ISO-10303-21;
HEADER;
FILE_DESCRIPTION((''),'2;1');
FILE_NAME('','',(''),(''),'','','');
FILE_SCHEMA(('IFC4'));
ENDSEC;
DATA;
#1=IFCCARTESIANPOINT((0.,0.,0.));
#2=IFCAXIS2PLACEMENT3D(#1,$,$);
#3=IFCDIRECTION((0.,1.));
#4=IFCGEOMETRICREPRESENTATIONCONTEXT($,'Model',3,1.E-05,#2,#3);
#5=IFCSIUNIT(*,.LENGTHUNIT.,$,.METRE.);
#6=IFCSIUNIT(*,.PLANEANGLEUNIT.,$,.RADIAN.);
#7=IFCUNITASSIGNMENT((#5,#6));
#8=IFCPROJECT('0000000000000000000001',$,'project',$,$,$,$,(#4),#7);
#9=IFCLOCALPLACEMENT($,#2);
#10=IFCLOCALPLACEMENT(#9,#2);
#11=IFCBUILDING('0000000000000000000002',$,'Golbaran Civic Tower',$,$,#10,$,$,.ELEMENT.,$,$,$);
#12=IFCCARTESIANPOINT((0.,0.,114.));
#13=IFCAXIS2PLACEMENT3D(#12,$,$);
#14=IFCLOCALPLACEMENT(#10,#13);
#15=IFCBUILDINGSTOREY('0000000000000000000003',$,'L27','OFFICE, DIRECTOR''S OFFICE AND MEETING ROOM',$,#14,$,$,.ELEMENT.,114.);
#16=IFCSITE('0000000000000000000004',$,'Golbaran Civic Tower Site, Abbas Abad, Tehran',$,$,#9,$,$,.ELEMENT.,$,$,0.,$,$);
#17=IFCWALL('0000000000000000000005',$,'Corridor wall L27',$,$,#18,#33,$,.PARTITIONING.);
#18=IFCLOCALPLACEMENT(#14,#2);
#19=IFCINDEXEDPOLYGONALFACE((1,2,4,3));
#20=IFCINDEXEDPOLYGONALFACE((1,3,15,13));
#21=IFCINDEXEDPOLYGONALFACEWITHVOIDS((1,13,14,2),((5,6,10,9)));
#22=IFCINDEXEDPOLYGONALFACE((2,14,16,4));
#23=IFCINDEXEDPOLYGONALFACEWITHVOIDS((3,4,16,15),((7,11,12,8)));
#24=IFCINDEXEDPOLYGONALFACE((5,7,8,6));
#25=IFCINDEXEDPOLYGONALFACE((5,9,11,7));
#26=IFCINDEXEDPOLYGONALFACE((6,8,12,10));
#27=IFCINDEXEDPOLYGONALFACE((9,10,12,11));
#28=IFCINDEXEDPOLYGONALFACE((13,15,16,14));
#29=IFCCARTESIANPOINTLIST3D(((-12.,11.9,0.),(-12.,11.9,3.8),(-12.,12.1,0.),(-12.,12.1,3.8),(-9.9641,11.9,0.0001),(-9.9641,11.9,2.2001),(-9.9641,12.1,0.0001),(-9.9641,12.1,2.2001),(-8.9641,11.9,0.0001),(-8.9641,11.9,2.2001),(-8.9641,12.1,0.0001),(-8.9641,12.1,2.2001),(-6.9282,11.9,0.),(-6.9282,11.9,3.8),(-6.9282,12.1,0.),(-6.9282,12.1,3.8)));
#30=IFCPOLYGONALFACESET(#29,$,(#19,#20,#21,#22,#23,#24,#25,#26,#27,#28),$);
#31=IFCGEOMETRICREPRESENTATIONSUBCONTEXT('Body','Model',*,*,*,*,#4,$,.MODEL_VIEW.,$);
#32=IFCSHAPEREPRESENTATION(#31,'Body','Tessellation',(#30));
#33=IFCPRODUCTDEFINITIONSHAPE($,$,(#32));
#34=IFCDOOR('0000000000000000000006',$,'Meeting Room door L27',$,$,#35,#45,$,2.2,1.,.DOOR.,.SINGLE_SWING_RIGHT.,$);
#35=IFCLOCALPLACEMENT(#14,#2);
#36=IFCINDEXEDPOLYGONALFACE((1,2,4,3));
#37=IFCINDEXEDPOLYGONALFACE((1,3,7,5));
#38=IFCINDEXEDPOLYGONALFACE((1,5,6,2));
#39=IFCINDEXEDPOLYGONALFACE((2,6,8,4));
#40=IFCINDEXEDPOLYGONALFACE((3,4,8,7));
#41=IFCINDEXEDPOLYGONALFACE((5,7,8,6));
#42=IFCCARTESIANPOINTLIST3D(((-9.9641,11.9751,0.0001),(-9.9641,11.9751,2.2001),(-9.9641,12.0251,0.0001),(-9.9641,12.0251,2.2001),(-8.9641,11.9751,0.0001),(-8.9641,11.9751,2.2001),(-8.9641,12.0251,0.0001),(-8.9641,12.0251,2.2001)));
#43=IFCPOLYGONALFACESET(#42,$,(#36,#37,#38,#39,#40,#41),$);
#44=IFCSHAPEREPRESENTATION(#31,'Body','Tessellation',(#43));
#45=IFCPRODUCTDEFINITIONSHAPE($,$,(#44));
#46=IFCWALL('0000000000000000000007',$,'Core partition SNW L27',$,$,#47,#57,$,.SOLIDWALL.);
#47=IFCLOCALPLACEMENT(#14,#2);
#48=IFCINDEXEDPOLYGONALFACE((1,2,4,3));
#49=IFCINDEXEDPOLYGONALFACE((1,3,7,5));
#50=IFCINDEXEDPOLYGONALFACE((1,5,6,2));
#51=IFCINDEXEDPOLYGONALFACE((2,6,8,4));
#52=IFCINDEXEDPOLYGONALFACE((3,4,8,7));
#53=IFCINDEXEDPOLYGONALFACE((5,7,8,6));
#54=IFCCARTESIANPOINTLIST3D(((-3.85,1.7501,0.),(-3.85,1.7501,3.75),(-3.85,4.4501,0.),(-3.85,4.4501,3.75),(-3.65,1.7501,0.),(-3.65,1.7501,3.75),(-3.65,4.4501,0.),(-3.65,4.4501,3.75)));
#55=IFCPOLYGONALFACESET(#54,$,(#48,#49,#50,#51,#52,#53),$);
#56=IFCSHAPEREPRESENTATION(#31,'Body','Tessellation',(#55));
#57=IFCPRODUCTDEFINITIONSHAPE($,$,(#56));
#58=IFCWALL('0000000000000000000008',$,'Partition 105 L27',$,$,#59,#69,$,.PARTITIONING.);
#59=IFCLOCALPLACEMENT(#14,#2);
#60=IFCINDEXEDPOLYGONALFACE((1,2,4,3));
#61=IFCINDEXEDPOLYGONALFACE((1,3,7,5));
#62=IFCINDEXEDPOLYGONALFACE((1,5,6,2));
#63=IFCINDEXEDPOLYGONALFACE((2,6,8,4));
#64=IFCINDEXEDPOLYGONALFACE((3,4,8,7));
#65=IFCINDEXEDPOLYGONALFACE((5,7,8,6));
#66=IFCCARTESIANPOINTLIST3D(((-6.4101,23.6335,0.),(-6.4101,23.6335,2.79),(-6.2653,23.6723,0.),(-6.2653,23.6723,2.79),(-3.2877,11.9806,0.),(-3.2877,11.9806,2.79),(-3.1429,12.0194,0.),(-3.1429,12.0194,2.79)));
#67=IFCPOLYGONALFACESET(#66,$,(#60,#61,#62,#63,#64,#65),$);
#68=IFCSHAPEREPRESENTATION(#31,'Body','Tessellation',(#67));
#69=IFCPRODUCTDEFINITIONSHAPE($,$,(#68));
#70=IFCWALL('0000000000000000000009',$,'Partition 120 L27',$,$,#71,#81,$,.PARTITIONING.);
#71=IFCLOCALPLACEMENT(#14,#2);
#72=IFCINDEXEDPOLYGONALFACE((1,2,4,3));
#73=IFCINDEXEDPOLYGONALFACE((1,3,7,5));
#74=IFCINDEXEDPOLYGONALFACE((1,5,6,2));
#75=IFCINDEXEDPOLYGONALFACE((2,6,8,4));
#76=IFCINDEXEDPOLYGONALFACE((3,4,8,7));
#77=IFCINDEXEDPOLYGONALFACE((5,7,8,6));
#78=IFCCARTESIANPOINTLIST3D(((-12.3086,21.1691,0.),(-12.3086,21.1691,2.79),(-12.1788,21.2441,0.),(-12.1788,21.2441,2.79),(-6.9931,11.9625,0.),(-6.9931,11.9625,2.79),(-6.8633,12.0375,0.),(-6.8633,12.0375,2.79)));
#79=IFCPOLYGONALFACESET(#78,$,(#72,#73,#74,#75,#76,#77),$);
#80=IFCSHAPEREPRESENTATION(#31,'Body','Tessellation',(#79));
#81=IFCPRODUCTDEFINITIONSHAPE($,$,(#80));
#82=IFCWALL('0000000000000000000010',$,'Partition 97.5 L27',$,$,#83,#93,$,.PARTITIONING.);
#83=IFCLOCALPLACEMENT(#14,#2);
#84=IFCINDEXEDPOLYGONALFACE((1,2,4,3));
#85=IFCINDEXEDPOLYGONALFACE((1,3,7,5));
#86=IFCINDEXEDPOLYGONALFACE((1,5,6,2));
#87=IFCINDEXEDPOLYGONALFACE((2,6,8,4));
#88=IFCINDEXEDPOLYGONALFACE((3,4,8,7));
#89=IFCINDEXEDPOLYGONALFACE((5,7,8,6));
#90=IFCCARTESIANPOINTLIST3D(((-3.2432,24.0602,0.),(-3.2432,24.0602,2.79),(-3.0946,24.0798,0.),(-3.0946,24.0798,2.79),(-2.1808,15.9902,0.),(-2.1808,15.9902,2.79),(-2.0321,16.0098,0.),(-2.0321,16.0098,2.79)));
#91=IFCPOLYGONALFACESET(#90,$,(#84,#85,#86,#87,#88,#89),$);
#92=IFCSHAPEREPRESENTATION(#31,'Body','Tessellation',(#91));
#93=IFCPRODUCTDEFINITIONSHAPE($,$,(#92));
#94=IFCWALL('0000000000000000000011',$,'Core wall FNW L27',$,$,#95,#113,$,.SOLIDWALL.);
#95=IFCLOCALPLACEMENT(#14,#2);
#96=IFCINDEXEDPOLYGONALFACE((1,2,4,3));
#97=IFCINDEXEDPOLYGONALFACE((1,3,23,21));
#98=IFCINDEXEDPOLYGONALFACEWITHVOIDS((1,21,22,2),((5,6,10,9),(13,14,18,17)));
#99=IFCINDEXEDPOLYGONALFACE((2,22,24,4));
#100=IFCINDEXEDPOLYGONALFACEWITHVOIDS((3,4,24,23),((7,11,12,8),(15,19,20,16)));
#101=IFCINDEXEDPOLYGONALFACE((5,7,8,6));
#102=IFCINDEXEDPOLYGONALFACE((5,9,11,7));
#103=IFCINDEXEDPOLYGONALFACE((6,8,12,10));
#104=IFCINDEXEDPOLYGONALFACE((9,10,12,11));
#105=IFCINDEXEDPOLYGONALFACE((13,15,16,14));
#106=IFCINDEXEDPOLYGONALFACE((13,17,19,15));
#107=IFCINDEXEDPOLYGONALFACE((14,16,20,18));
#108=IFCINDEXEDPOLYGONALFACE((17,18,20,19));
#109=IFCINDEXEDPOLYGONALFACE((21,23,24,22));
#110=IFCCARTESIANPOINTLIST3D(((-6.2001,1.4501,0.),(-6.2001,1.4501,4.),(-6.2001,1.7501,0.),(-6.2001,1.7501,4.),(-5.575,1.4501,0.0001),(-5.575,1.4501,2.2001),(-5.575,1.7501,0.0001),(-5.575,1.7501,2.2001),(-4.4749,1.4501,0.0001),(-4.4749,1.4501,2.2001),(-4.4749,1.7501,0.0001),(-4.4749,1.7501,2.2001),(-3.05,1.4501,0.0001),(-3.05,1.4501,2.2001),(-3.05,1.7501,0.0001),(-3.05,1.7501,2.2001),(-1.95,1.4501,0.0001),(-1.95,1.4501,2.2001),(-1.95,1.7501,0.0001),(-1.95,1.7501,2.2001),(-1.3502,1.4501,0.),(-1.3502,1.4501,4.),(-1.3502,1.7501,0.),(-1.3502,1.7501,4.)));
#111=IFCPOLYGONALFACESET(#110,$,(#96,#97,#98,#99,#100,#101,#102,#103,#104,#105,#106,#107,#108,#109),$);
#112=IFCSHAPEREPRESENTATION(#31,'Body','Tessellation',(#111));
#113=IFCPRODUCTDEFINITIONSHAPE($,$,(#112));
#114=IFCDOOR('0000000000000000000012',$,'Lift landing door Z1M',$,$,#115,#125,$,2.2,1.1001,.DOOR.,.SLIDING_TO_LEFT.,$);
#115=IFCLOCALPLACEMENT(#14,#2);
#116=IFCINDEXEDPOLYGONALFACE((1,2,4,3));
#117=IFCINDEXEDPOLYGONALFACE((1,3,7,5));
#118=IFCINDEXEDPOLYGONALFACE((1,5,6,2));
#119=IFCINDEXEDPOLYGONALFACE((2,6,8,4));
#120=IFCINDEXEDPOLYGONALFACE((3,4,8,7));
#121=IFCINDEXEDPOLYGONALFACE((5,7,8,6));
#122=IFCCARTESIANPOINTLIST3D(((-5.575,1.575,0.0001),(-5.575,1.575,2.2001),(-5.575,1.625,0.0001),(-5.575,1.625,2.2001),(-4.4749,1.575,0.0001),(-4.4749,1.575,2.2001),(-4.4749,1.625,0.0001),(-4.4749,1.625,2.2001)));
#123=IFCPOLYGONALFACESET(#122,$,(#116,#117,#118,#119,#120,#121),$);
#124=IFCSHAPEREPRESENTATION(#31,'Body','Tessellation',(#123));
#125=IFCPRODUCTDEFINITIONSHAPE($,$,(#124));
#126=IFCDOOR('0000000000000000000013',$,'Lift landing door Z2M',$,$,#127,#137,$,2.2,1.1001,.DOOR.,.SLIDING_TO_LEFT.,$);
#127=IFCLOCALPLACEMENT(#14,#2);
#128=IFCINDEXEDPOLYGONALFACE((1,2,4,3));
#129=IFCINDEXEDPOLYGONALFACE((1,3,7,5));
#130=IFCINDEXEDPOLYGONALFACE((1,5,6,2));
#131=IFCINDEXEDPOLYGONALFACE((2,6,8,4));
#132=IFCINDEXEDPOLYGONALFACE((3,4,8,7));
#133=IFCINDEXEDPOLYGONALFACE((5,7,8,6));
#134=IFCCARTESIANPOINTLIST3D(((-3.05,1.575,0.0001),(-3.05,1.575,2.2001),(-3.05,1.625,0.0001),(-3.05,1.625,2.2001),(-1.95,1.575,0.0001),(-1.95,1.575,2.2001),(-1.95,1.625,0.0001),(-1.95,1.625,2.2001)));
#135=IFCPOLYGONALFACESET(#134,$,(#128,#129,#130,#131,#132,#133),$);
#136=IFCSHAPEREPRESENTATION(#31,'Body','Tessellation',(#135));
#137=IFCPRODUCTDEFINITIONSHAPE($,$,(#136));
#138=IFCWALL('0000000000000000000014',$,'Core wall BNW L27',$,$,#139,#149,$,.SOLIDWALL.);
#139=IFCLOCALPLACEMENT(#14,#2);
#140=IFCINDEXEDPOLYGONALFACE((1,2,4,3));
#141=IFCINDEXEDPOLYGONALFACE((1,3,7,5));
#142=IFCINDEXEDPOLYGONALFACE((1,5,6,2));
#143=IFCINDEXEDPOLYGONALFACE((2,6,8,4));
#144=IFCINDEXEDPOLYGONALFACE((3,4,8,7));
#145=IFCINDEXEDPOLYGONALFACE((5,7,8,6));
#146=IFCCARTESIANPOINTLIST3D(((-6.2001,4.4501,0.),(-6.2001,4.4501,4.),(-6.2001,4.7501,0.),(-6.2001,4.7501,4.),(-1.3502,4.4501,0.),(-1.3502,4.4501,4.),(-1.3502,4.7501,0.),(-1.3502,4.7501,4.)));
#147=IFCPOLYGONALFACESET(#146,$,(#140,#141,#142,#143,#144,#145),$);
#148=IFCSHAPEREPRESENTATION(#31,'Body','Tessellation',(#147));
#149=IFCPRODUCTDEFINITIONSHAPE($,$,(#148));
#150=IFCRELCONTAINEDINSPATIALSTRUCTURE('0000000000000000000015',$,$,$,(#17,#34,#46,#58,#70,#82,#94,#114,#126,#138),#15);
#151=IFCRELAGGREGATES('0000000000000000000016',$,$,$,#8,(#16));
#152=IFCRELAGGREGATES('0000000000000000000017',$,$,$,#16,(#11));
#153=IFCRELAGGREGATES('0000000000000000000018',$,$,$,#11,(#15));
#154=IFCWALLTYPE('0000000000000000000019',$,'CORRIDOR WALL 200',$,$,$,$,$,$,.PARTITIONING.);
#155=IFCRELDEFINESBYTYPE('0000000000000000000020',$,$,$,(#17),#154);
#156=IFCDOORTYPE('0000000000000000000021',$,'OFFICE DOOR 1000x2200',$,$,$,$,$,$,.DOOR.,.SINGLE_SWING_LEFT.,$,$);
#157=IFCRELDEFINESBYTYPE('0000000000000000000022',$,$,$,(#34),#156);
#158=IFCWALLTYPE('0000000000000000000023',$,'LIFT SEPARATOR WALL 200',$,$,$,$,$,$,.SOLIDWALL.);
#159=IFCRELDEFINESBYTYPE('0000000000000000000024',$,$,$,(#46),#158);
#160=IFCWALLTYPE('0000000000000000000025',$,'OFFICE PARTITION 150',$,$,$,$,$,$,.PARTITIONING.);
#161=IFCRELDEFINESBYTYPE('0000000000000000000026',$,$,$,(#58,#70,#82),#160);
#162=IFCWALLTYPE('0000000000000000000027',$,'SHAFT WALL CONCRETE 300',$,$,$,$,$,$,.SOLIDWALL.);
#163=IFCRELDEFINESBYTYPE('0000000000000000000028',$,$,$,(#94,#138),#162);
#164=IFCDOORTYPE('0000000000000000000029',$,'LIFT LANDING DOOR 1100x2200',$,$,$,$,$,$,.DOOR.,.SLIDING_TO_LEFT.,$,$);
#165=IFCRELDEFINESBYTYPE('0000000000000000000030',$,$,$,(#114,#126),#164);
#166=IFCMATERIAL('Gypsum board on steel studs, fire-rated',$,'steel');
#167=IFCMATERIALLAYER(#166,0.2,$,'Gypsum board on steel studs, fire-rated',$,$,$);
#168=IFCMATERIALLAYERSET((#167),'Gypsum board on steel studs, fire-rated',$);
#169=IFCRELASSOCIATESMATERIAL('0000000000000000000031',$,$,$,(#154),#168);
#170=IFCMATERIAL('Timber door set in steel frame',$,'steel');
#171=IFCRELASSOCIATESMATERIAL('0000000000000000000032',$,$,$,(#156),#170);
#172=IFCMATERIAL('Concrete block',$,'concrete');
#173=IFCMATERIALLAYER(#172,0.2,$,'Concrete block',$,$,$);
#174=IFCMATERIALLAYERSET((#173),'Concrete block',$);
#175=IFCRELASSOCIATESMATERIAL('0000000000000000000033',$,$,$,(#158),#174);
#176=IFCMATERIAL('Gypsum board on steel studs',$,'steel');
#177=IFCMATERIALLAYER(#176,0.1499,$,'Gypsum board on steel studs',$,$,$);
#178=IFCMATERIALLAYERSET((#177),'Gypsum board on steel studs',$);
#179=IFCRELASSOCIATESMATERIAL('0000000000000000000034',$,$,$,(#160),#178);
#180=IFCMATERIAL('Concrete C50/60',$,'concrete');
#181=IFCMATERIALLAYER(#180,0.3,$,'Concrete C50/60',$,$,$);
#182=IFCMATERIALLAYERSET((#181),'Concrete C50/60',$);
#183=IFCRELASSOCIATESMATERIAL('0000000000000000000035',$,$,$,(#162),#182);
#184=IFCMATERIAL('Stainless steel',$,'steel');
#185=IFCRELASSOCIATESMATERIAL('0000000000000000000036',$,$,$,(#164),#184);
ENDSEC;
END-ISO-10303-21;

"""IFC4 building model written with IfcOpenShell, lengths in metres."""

from ifc_helpers import new_model, si_unit, direction, frame, frame_2d, origin, place, context, subcontext, project, spatial, rectangle, extrude, material, layer, layer_set, type_object, element, fill, save


model = new_model("IFC4")

# Units and contexts
model_context = context("Model", 3, precision=1e-05, world=origin(), true_north=direction((0.0, 1.0)))
body_context = subcontext(model_context, "Body", "Model", "MODEL_VIEW")
ifc_project = project(units=[si_unit("LENGTHUNIT", "METRE"), si_unit("PLANEANGLEUNIT", "RADIAN")], contexts=[model_context])

# Site, building, storey
site_placement = place(None, origin())
site = spatial("IfcSite", under=ifc_project, at=site_placement, Name="Golbaran Civic Tower Site, Abbas Abad, Tehran", CompositionType="ELEMENT", RefElevation=0.0)
building_placement = place(site_placement, origin())
building = spatial("IfcBuilding", under=site, at=building_placement, Name="Golbaran Civic Tower", CompositionType="ELEMENT")
storey_placement = place(building_placement, frame((0.0, 0.0, 114.0)))
storey = spatial("IfcBuildingStorey", under=building, at=storey_placement, Name="L27", Description="OFFICE, DIRECTOR'S OFFICE AND MEETING ROOM", CompositionType="ELEMENT", Elevation=114.0)

# Shared definitions
ifc_material_1 = material(Name="Concrete C50/60", Category="concrete")

# Wall, opening, door
ifc_material_2 = material(Name="Gypsum board on steel studs, fire-rated", Category="steel")
ifc_layer_1 = layer(ifc_material_2, 0.2, Name="Gypsum board on steel studs, fire-rated")
ifc_layer_set_1 = layer_set([ifc_layer_1], Name="Gypsum board on steel studs, fire-rated")
wall_type_1 = type_object("IfcWallType", Name="CORRIDOR WALL 200", PredefinedType="PARTITIONING", material=ifc_layer_set_1)
ifc_material_3 = material(Name="Timber door set in steel frame", Category="steel")
door_type_1 = type_object("IfcDoorType", Name="OFFICE DOOR 1000x2200", OperationType="SINGLE_SWING_LEFT", PredefinedType="DOOR", material=ifc_material_3)
wall_1_placement = place(storey_placement, frame((-6.9282, 12.0, 0.0), z_axis=(0.0, 0.0, 1.0), x_axis=(-1.0, 0.0, 0.0)))
wall_1 = element("IfcWall", 1, at=wall_1_placement, inside=storey, type_object=wall_type_1, Name="Corridor wall L27", PredefinedType="PARTITIONING", context=body_context, shape_type="SweptSolid", body=[
    extrude(rectangle(XDim=5.0718, YDim=0.2, at=frame_2d((2.5359, 0.0))), origin(), (0.0, 0.0, 1.0), 3.8),
])
opening_1_placement = place(wall_1_placement, frame((2.0359, 0.0, 0.0)))
opening_1 = element("IfcOpeningElement", 2, at=opening_1_placement, cuts=wall_1, PredefinedType="OPENING", context=body_context, shape_type="SweptSolid", body=[
    extrude(rectangle(XDim=1.0, YDim=2.2, at=frame_2d((0.5, 1.1001))), frame((0.0, 0.1099, 0.0), z_axis=(0.0, -1.0, 0.0), x_axis=(1.0, 0.0, 0.0)), (0.0, 0.0, 1.0), 0.22),
])
door_1_placement = place(opening_1_placement, origin())
door_1 = element("IfcDoor", 3, at=door_1_placement, inside=storey, type_object=door_type_1, Name="Meeting Room door L27", OperationType="SINGLE_SWING_RIGHT", OverallHeight=2.2, OverallWidth=1.0, PredefinedType="DOOR", context=body_context, shape_type="SweptSolid", body=[
    extrude(rectangle(XDim=1.0, YDim=2.2, at=frame_2d((0.5, 1.1001))), frame((0.0, 0.0249, 0.0), z_axis=(0.0, -1.0, 0.0), x_axis=(1.0, 0.0, 0.0)), (0.0, 0.0, 1.0), 0.05),
])
fill(opening_1, door_1)

# Walls
ifc_material_4 = material(Name="Concrete block", Category="concrete")
ifc_layer_2 = layer(ifc_material_4, 0.2, Name="Concrete block")
ifc_layer_set_2 = layer_set([ifc_layer_2], Name="Concrete block")
wall_type_2 = type_object("IfcWallType", Name="LIFT SEPARATOR WALL 200", PredefinedType="SOLIDWALL", material=ifc_layer_set_2)
wall_2_placement = place(storey_placement, frame((-3.75, 1.75, 0.0), z_axis=(0.0, 0.0, 1.0), x_axis=(0.0, 1.0, 0.0)))
element("IfcWall", 4, at=wall_2_placement, inside=storey, type_object=wall_type_2, Name="Core partition SNW L27", PredefinedType="SOLIDWALL", context=body_context, shape_type="SweptSolid", body=[
    extrude(rectangle(XDim=2.7, YDim=0.2, at=frame_2d((1.3501, 0.0))), origin(), (0.0, 0.0, 1.0), 3.75),
])
ifc_material_5 = material(Name="Gypsum board on steel studs", Category="steel")
ifc_layer_3 = layer(ifc_material_5, 0.1499, Name="Gypsum board on steel studs")
ifc_layer_set_3 = layer_set([ifc_layer_3], Name="Gypsum board on steel studs")
wall_type_3 = type_object("IfcWallType", Name="OFFICE PARTITION 150", PredefinedType="PARTITIONING", material=ifc_layer_set_3)
wall_3_placement = place(storey_placement, frame((-3.2153, 12.0, 0.0), z_axis=(0.0, 0.0, 1.0), x_axis=(-0.258815, 0.965927, 0.0)))
element("IfcWall", 5, at=wall_3_placement, inside=storey, type_object=wall_type_3, Name="Partition 105 L27", PredefinedType="PARTITIONING", context=body_context, shape_type="SweptSolid", body=[
    extrude(rectangle(XDim=12.064, YDim=0.1499, at=frame_2d((6.032, 0.0))), origin(), (0.0, 0.0, 1.0), 2.79),
])
wall_4_placement = place(storey_placement, frame((-6.9282, 12.0, 0.0), z_axis=(0.0, 0.0, 1.0), x_axis=(-0.500002, 0.866024, 0.0)))
element("IfcWall", 6, at=wall_4_placement, inside=storey, type_object=wall_type_3, Name="Partition 120 L27", PredefinedType="PARTITIONING", context=body_context, shape_type="SweptSolid", body=[
    extrude(rectangle(XDim=10.6309, YDim=0.1499, at=frame_2d((5.3154, 0.0))), origin(), (0.0, 0.0, 1.0), 2.79),
])
wall_5_placement = place(storey_placement, frame((-2.1064, 16.0, 0.0), z_axis=(0.0, 0.0, 1.0), x_axis=(-0.130533, 0.991444, 0.0)))
element("IfcWall", 7, at=wall_5_placement, inside=storey, type_object=wall_type_3, Name="Partition 97.5 L27", PredefinedType="PARTITIONING", context=body_context, shape_type="SweptSolid", body=[
    extrude(rectangle(XDim=8.1396, YDim=0.1499, at=frame_2d((4.0698, 0.0))), origin(), (0.0, 0.0, 1.0), 2.79),
])

# Wall, openings, doors
ifc_layer_4 = layer(ifc_material_1, 0.3, Name="Concrete C50/60")
ifc_layer_set_4 = layer_set([ifc_layer_4], Name="Concrete C50/60")
wall_type_4 = type_object("IfcWallType", Name="SHAFT WALL CONCRETE 300", PredefinedType="SOLIDWALL", material=ifc_layer_set_4)
wall_6_placement = place(storey_placement, frame((-6.2, 1.6001, 0.0), z_axis=(0.0, 0.0, 1.0), x_axis=(1.0, 0.0, 0.0)))
wall_6 = element("IfcWall", 8, at=wall_6_placement, inside=storey, type_object=wall_type_4, Name="Core wall FNW L27", PredefinedType="SOLIDWALL", context=body_context, shape_type="SweptSolid", body=[
    extrude(rectangle(XDim=4.8499, YDim=0.3, at=frame_2d((2.4248, 0.0))), origin(), (0.0, 0.0, 1.0), 4.0),
])
opening_2_placement = place(wall_6_placement, frame((0.625, 0.0, 0.0)))
opening_2 = element("IfcOpeningElement", 9, at=opening_2_placement, cuts=wall_6, PredefinedType="OPENING", context=body_context, shape_type="SweptSolid", body=[
    extrude(rectangle(XDim=1.1001, YDim=2.2, at=frame_2d((0.55, 1.1001))), frame((0.0, 0.1599, 0.0), z_axis=(0.0, -1.0, 0.0), x_axis=(1.0, 0.0, 0.0)), (0.0, 0.0, 1.0), 0.3201),
])
opening_3_placement = place(wall_6_placement, frame((3.1499, 0.0, 0.0)))
opening_3 = element("IfcOpeningElement", 10, at=opening_3_placement, cuts=wall_6, PredefinedType="OPENING", context=body_context, shape_type="SweptSolid", body=[
    extrude(rectangle(XDim=1.1001, YDim=2.2, at=frame_2d((0.55, 1.1001))), frame((0.0, 0.1599, 0.0), z_axis=(0.0, -1.0, 0.0), x_axis=(1.0, 0.0, 0.0)), (0.0, 0.0, 1.0), 0.3201),
])
ifc_material_6 = material(Name="Stainless steel", Category="steel")
door_type_2 = type_object("IfcDoorType", Name="LIFT LANDING DOOR 1100x2200", OperationType="SLIDING_TO_LEFT", PredefinedType="DOOR", material=ifc_material_6)
door_2_placement = place(opening_2_placement, origin())
door_2 = element("IfcDoor", 11, at=door_2_placement, inside=storey, type_object=door_type_2, Name="Lift landing door Z1M", OperationType="SLIDING_TO_LEFT", OverallHeight=2.2, OverallWidth=1.1001, PredefinedType="DOOR", context=body_context, shape_type="SweptSolid", body=[
    extrude(rectangle(XDim=1.1001, YDim=2.2, at=frame_2d((0.55, 1.1001))), frame((0.0, 0.0249, 0.0), z_axis=(0.0, -1.0, 0.0), x_axis=(1.0, 0.0, 0.0)), (0.0, 0.0, 1.0), 0.05),
])
fill(opening_2, door_2)
door_3_placement = place(opening_3_placement, origin())
door_3 = element("IfcDoor", 12, at=door_3_placement, inside=storey, type_object=door_type_2, Name="Lift landing door Z2M", OperationType="SLIDING_TO_LEFT", OverallHeight=2.2, OverallWidth=1.1001, PredefinedType="DOOR", context=body_context, shape_type="SweptSolid", body=[
    extrude(rectangle(XDim=1.1001, YDim=2.2, at=frame_2d((0.55, 1.1001))), frame((0.0, 0.0249, 0.0), z_axis=(0.0, -1.0, 0.0), x_axis=(1.0, 0.0, 0.0)), (0.0, 0.0, 1.0), 0.05),
])
fill(opening_3, door_3)

# Wall
wall_7_placement = place(storey_placement, frame((-6.2, 4.6001, 0.0), z_axis=(0.0, 0.0, 1.0), x_axis=(1.0, 0.0, 0.0)))
element("IfcWall", 13, at=wall_7_placement, inside=storey, type_object=wall_type_4, Name="Core wall BNW L27", PredefinedType="SOLIDWALL", context=body_context, shape_type="SweptSolid", body=[
    extrude(rectangle(XDim=4.8499, YDim=0.3, at=frame_2d((2.4248, 0.0))), origin(), (0.0, 0.0, 1.0), 4.0),
])

save(model, "model.ifc")
